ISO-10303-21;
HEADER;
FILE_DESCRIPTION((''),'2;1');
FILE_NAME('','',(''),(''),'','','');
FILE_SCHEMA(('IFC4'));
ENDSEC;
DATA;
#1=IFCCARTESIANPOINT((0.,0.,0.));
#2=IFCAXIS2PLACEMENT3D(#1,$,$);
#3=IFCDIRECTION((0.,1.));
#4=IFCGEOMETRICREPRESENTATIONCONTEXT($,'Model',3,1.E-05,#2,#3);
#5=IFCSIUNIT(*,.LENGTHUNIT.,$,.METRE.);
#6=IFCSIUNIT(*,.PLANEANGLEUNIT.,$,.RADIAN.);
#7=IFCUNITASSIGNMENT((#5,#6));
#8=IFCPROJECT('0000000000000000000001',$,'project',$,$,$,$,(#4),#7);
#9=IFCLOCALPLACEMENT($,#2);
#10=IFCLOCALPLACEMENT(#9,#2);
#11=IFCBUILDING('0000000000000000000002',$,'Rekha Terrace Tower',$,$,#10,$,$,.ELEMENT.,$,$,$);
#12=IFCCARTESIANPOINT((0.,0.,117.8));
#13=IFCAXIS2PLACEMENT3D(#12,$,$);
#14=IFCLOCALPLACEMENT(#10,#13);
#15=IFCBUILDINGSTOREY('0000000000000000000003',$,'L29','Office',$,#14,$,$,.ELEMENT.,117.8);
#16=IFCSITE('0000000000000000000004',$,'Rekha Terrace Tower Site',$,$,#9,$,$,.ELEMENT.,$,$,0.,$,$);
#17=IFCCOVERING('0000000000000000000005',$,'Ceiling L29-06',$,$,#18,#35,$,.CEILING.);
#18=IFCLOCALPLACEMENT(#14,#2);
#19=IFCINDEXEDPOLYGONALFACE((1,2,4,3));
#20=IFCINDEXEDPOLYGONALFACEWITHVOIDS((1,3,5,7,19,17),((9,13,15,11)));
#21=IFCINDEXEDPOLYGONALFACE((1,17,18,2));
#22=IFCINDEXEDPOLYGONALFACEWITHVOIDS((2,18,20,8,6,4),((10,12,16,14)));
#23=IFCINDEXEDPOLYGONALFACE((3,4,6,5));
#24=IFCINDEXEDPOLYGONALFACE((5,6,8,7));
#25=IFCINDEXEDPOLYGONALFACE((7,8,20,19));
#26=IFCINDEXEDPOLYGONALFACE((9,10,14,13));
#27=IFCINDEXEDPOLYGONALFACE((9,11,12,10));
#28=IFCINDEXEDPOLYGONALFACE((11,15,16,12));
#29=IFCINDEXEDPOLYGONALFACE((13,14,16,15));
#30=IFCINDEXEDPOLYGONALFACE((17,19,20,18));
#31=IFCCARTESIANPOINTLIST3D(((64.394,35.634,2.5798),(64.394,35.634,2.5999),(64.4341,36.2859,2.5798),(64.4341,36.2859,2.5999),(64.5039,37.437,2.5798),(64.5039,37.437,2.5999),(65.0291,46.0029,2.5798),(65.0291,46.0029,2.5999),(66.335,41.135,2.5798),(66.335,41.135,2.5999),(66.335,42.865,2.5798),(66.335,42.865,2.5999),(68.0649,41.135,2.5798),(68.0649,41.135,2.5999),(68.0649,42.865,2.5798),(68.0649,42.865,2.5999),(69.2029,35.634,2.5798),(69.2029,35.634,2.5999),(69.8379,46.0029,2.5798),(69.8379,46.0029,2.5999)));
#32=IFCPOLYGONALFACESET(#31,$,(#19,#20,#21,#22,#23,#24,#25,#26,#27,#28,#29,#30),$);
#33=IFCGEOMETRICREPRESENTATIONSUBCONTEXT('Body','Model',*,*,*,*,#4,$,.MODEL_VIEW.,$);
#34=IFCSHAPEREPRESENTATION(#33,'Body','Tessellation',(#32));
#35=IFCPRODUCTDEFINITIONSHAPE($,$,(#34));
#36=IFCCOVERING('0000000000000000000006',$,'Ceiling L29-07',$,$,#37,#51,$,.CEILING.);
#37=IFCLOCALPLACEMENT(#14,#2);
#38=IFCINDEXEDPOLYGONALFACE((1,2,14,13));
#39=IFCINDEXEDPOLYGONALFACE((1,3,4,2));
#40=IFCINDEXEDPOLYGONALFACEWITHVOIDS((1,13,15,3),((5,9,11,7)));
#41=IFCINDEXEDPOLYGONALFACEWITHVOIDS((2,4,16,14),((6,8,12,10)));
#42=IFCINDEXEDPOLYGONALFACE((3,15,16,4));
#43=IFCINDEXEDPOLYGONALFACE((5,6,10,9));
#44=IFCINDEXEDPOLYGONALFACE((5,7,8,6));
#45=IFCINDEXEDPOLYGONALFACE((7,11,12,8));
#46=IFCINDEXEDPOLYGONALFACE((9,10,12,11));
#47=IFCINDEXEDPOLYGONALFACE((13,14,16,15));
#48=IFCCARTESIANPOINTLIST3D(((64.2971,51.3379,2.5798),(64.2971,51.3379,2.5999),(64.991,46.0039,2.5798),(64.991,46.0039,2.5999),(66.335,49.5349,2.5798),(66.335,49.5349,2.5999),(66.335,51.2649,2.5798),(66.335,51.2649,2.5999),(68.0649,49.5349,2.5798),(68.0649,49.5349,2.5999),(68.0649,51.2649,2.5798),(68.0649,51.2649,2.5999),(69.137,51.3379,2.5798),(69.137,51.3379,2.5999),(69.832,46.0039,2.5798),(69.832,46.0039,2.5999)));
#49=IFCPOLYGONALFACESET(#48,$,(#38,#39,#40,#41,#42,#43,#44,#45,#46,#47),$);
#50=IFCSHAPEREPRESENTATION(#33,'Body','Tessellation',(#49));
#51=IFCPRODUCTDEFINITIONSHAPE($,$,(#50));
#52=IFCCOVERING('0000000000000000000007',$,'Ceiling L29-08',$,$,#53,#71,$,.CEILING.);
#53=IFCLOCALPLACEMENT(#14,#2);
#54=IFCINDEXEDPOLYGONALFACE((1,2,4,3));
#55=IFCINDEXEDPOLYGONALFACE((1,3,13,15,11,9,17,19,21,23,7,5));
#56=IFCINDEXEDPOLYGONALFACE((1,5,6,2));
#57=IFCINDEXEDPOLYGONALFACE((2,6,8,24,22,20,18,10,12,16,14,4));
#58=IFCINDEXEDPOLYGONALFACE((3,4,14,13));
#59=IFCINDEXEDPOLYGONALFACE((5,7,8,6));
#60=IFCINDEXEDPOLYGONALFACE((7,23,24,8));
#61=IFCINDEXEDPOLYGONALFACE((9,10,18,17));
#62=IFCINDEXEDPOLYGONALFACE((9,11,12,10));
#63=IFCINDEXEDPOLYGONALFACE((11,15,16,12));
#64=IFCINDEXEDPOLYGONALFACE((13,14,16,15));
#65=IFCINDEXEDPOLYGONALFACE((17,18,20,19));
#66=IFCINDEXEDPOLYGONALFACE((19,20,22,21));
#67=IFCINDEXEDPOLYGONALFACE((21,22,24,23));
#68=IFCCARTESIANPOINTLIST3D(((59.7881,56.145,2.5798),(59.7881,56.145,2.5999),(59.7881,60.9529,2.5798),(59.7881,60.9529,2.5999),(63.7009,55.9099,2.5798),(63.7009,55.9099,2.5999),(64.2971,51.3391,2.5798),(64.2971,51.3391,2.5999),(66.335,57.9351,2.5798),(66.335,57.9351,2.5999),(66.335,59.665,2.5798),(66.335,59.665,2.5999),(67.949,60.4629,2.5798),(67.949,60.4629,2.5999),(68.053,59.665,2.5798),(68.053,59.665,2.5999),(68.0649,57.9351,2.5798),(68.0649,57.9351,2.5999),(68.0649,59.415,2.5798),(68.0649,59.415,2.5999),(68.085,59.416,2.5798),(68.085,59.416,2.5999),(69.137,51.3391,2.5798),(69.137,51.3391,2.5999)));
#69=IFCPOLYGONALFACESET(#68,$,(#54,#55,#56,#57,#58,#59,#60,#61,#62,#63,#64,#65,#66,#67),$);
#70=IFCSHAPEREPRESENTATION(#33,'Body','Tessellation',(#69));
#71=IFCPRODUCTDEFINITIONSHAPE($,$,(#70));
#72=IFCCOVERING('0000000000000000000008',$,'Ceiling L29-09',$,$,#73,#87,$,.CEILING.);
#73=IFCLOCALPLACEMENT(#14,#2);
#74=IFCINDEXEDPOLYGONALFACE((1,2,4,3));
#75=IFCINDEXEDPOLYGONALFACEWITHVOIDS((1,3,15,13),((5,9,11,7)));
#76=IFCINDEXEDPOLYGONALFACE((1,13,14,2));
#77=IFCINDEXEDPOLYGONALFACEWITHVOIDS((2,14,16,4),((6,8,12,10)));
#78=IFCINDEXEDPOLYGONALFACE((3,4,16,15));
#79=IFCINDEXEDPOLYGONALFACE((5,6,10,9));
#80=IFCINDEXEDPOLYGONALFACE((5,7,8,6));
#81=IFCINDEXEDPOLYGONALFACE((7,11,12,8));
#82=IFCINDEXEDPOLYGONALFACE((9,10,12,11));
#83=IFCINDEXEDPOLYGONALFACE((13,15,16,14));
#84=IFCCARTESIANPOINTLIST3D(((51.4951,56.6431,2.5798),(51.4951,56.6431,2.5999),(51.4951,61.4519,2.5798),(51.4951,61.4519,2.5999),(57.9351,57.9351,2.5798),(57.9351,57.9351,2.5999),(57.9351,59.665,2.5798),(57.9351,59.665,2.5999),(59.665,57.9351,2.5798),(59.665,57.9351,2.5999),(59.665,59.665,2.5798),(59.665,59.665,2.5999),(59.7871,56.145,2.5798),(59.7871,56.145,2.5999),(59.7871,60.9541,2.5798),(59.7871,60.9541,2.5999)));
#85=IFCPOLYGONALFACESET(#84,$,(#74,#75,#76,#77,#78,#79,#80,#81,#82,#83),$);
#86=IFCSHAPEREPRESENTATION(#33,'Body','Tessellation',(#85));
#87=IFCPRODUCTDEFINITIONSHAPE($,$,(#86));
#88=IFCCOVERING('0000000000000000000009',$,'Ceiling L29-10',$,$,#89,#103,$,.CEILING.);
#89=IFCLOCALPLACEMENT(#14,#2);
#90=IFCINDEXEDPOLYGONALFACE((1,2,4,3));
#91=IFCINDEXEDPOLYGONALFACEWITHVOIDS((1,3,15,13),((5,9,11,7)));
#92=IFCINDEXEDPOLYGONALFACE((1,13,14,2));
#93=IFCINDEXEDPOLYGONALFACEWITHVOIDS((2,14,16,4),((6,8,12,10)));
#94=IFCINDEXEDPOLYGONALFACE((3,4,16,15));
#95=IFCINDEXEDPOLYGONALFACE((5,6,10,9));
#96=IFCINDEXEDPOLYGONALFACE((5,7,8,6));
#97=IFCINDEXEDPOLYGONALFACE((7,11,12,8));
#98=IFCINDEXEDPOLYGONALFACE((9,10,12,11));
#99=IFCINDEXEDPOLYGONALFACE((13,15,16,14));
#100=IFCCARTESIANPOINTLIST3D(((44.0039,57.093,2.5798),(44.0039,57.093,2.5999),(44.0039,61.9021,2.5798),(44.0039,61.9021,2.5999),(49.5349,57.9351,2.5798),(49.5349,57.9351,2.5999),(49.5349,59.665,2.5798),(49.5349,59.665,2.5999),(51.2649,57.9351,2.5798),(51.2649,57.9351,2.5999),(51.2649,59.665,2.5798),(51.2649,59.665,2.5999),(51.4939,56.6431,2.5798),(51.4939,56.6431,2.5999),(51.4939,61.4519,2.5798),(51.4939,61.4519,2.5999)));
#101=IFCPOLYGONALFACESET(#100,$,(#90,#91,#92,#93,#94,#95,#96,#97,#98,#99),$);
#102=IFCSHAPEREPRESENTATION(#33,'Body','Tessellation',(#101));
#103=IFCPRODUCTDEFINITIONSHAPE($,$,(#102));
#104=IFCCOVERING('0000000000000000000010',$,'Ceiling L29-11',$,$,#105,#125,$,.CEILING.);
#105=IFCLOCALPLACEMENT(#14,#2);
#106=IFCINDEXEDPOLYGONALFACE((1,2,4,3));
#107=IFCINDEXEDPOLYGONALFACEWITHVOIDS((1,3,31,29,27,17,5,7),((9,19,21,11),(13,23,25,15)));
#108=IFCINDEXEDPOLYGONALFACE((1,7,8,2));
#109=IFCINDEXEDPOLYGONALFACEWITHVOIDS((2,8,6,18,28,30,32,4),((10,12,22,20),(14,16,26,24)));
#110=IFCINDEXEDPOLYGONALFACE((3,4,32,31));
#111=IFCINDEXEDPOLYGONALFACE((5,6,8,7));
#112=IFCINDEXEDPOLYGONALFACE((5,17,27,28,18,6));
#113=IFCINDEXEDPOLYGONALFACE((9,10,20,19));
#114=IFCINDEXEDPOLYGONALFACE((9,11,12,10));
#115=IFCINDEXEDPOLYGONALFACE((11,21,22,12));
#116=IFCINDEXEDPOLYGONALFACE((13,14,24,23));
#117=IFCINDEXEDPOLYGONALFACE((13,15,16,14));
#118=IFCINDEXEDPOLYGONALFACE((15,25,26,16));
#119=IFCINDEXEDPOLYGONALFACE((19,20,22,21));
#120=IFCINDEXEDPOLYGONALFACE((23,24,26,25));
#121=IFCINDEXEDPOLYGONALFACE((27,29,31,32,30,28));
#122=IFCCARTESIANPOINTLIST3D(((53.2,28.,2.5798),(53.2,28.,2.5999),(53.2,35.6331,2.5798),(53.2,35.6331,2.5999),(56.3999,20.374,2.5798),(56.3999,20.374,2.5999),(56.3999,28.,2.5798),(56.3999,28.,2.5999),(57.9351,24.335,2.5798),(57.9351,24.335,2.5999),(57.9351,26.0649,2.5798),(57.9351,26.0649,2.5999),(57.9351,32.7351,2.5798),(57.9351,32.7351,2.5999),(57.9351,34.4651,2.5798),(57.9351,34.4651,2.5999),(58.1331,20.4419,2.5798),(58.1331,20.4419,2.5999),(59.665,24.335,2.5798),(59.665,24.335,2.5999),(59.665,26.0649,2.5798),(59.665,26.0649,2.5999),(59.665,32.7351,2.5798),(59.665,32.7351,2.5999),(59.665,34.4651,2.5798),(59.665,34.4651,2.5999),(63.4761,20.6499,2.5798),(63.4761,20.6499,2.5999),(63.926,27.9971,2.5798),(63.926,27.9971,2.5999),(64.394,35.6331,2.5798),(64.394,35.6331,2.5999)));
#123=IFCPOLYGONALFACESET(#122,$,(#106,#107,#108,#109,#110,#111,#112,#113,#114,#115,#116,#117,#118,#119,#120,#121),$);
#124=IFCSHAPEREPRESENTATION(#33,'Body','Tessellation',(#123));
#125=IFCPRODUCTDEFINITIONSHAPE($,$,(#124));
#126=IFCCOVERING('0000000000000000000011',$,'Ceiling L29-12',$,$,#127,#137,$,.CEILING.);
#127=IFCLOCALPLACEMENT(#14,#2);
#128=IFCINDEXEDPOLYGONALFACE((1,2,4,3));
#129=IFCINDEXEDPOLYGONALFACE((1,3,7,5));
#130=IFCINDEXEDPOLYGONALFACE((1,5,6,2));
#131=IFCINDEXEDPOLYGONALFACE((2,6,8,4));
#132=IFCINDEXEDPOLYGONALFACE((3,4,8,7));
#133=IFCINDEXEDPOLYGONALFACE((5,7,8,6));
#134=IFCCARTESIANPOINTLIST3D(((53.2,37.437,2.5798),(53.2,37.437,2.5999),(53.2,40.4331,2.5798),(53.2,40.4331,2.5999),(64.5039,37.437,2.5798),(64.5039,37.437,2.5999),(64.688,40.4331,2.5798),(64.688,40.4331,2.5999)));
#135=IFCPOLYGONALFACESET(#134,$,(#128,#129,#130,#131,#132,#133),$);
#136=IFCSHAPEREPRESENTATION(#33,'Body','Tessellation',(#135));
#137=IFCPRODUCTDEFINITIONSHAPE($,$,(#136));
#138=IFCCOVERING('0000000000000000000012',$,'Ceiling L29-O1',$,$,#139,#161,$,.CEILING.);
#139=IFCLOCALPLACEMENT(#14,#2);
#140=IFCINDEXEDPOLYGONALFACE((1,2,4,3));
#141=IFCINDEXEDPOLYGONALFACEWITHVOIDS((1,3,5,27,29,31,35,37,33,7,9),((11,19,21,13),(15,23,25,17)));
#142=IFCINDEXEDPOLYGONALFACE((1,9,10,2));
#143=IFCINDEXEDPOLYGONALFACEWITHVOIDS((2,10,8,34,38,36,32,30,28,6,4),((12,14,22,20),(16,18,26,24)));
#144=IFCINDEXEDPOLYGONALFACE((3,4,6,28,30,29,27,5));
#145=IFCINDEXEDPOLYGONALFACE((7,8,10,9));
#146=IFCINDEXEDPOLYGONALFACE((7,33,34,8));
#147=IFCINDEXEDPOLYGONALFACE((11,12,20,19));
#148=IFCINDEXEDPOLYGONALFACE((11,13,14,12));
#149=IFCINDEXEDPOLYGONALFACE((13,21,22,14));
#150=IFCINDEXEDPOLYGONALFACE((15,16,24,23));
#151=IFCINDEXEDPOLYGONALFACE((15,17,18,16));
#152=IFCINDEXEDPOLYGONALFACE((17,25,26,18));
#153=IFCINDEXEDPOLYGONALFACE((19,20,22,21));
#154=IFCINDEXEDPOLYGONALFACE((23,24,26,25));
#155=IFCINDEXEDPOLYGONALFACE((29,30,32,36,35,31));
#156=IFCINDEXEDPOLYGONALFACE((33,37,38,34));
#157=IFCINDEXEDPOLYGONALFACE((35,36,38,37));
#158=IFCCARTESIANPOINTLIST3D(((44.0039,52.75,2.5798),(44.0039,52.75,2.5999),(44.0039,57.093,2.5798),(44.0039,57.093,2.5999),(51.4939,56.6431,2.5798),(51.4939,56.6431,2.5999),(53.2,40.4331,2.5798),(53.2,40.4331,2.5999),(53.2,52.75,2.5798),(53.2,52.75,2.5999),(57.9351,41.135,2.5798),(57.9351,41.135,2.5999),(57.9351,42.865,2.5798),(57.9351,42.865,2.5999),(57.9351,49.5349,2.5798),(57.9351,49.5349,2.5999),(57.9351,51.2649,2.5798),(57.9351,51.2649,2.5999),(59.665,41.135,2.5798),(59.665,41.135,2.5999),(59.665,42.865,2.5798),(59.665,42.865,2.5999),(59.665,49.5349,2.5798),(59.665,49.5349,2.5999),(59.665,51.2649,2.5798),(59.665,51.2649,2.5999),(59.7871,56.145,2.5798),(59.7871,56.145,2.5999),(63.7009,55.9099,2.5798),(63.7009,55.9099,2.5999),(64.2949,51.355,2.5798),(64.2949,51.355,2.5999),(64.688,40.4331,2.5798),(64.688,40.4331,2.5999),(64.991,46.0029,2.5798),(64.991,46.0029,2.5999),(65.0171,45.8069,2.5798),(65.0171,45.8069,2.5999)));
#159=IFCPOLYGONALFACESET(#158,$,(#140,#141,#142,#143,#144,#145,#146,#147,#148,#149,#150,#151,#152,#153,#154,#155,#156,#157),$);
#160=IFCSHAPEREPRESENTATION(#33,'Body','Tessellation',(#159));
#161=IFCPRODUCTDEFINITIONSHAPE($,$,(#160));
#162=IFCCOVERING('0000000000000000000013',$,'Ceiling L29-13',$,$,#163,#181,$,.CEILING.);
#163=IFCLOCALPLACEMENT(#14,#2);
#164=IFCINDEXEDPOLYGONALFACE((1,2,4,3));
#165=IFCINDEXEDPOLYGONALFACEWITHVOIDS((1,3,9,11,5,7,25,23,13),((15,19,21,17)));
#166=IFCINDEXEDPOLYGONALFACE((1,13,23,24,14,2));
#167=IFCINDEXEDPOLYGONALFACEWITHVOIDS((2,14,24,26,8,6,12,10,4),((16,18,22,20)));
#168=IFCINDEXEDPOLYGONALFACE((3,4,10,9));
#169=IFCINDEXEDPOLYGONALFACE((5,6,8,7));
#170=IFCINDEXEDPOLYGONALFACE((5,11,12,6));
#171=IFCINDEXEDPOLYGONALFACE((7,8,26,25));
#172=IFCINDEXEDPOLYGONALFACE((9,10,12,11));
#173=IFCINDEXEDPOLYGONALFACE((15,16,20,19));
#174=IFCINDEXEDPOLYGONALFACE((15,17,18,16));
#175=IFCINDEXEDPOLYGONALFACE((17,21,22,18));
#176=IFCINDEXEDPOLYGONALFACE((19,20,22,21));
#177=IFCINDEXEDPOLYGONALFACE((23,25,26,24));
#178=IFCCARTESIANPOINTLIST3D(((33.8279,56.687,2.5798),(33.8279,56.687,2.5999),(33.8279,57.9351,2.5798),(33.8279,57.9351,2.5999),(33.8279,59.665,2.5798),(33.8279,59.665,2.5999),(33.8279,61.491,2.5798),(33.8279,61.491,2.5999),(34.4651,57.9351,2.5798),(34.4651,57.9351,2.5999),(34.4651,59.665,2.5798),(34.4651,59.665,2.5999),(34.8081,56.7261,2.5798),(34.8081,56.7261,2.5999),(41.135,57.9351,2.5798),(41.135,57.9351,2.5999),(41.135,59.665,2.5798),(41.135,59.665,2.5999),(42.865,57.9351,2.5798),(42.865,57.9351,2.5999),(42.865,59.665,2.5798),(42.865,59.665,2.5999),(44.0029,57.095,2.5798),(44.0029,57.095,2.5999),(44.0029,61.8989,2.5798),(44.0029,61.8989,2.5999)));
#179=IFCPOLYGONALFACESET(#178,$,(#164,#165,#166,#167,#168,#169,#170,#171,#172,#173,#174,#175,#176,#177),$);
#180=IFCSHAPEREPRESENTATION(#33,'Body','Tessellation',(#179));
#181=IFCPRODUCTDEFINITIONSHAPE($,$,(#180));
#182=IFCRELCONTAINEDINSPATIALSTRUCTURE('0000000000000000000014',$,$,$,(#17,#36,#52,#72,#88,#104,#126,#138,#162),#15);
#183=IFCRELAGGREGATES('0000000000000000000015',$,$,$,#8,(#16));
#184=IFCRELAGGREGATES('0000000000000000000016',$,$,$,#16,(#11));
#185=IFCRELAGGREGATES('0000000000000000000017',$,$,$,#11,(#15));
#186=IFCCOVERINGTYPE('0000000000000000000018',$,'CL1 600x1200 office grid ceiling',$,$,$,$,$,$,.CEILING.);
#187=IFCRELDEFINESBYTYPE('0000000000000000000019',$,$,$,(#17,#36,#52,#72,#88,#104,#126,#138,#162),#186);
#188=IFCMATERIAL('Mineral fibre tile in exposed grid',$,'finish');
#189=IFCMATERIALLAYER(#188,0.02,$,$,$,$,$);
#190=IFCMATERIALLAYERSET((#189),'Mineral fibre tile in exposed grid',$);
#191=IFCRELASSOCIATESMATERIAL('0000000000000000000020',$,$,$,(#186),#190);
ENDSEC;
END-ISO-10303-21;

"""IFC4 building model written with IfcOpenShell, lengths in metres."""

from ifc_helpers import new_model, si_unit, direction, frame, origin, place, context, subcontext, project, spatial, polyline, outline, extrude, material, layer, layer_set, type_object, element, save


model = new_model("IFC4")

# Units and contexts
model_context = context("Model", 3, precision=1e-05, world=origin(), true_north=direction((0.0, 1.0)))
body_context = subcontext(model_context, "Body", "Model", "MODEL_VIEW")
ifc_project = project(units=[si_unit("LENGTHUNIT", "METRE"), si_unit("PLANEANGLEUNIT", "RADIAN")], contexts=[model_context])

# Site, building, storey
site_placement = place(None, origin())
site = spatial("IfcSite", under=ifc_project, at=site_placement, Name="Rekha Terrace Tower Site", CompositionType="ELEMENT", RefElevation=0.0)
building_placement = place(site_placement, origin())
building = spatial("IfcBuilding", under=site, at=building_placement, Name="Rekha Terrace Tower", CompositionType="ELEMENT")
storey_placement = place(building_placement, frame((0.0, 0.0, 117.8)))
storey = spatial("IfcBuildingStorey", under=building, at=storey_placement, Name="L29", Description="Office", CompositionType="ELEMENT", Elevation=117.8)

# Coverings
ifc_material_1 = material(Name="Mineral fibre tile in exposed grid", Category="finish")
ifc_layer_1 = layer(ifc_material_1, 0.02)
ifc_layer_set_1 = layer_set([ifc_layer_1], Name="Mineral fibre tile in exposed grid")
covering_type_1 = type_object("IfcCoveringType", Name="CL1 600x1200 office grid ceiling", PredefinedType="CEILING", material=ifc_layer_set_1)
covering_1_placement = place(storey_placement, frame((0.0, 0.0, 2.5798)))
element("IfcCovering", 1, at=covering_1_placement, inside=storey, type_object=covering_type_1, Name="Ceiling L29-06", PredefinedType="CEILING", context=body_context, shape_type="SweptSolid", body=[
    extrude(outline(polyline([(65.0291, 46.0029), (64.5039, 37.437), (64.4341, 36.2859), (64.394, 35.634), (69.2029, 35.634), (69.8379, 46.0029), (65.0291, 46.0029)]), holes=[polyline([(68.0649, 41.135), (66.335, 41.135), (66.335, 42.865), (68.0649, 42.865), (68.0649, 41.135)])]), origin(), (0.0, 0.0, 1.0), 0.02),
])
covering_2_placement = place(storey_placement, frame((0.0, 0.0, 2.5798)))
element("IfcCovering", 2, at=covering_2_placement, inside=storey, type_object=covering_type_1, Name="Ceiling L29-07", PredefinedType="CEILING", context=body_context, shape_type="SweptSolid", body=[
    extrude(outline(polyline([(64.991, 46.0039), (69.832, 46.0039), (69.137, 51.3379), (64.2971, 51.3379), (64.991, 46.0039)]), holes=[polyline([(68.0649, 49.5349), (66.335, 49.5349), (66.335, 51.2649), (68.0649, 51.2649), (68.0649, 49.5349)])]), origin(), (0.0, 0.0, 1.0), 0.02),
])
covering_3_placement = place(storey_placement, frame((0.0, 0.0, 2.5798)))
element("IfcCovering", 3, at=covering_3_placement, inside=storey, type_object=covering_type_1, Name="Ceiling L29-08", PredefinedType="CEILING", context=body_context, shape_type="SweptSolid", body=[
    extrude(outline(polyline([(67.949, 60.4629), (59.7881, 60.9529), (59.7881, 56.145), (63.7009, 55.9099), (64.2971, 51.3391), (69.137, 51.3391), (68.085, 59.416), (68.0649, 59.415), (68.0649, 57.9351), (66.335, 57.9351), (66.335, 59.665), (68.053, 59.665), (67.949, 60.4629)])), origin(), (0.0, 0.0, 1.0), 0.02),
])
covering_4_placement = place(storey_placement, frame((0.0, 0.0, 2.5798)))
element("IfcCovering", 4, at=covering_4_placement, inside=storey, type_object=covering_type_1, Name="Ceiling L29-09", PredefinedType="CEILING", context=body_context, shape_type="SweptSolid", body=[
    extrude(outline(polyline([(59.7871, 56.145), (59.7871, 60.9541), (51.4951, 61.4519), (51.4951, 56.6431), (59.7871, 56.145)]), holes=[polyline([(59.665, 57.9351), (57.9351, 57.9351), (57.9351, 59.665), (59.665, 59.665), (59.665, 57.9351)])]), origin(), (0.0, 0.0, 1.0), 0.02),
])
covering_5_placement = place(storey_placement, frame((0.0, 0.0, 2.5798)))
element("IfcCovering", 5, at=covering_5_placement, inside=storey, type_object=covering_type_1, Name="Ceiling L29-10", PredefinedType="CEILING", context=body_context, shape_type="SweptSolid", body=[
    extrude(outline(polyline([(51.4939, 56.6431), (51.4939, 61.4519), (44.0039, 61.9021), (44.0039, 57.093), (51.4939, 56.6431)]), holes=[polyline([(51.2649, 57.9351), (49.5349, 57.9351), (49.5349, 59.665), (51.2649, 59.665), (51.2649, 57.9351)])]), origin(), (0.0, 0.0, 1.0), 0.02),
])
covering_6_placement = place(storey_placement, frame((0.0, 0.0, 2.5798)))
element("IfcCovering", 6, at=covering_6_placement, inside=storey, type_object=covering_type_1, Name="Ceiling L29-11", PredefinedType="CEILING", context=body_context, shape_type="SweptSolid", body=[
    extrude(outline(polyline([(56.3999, 20.374), (58.1331, 20.4419), (63.4761, 20.6499), (63.926, 27.9971), (64.394, 35.6331), (53.2, 35.6331), (53.2, 28.0), (56.3999, 28.0), (56.3999, 20.374)]), holes=[polyline([(59.665, 26.0649), (59.665, 24.335), (57.9351, 24.335), (57.9351, 26.0649), (59.665, 26.0649)]), polyline([(59.665, 32.7351), (57.9351, 32.7351), (57.9351, 34.4651), (59.665, 34.4651), (59.665, 32.7351)])]), origin(), (0.0, 0.0, 1.0), 0.02),
])
covering_7_placement = place(storey_placement, frame((0.0, 0.0, 2.5798)))
element("IfcCovering", 7, at=covering_7_placement, inside=storey, type_object=covering_type_1, Name="Ceiling L29-12", PredefinedType="CEILING", context=body_context, shape_type="SweptSolid", body=[
    extrude(outline(polyline([(64.688, 40.4331), (53.2, 40.4331), (53.2, 37.437), (64.5039, 37.437), (64.688, 40.4331)])), origin(), (0.0, 0.0, 1.0), 0.02),
])
covering_8_placement = place(storey_placement, frame((0.0, 0.0, 2.5798)))
element("IfcCovering", 8, at=covering_8_placement, inside=storey, type_object=covering_type_1, Name="Ceiling L29-O1", PredefinedType="CEILING", context=body_context, shape_type="SweptSolid", body=[
    extrude(outline(polyline([(59.7871, 56.145), (51.4939, 56.6431), (44.0039, 57.093), (44.0039, 52.75), (53.2, 52.75), (53.2, 40.4331), (64.688, 40.4331), (65.0171, 45.8069), (64.991, 46.0029), (64.2949, 51.355), (63.7009, 55.9099), (59.7871, 56.145)]), holes=[polyline([(59.665, 41.135), (57.9351, 41.135), (57.9351, 42.865), (59.665, 42.865), (59.665, 41.135)]), polyline([(59.665, 49.5349), (57.9351, 49.5349), (57.9351, 51.2649), (59.665, 51.2649), (59.665, 49.5349)])]), origin(), (0.0, 0.0, 1.0), 0.02),
])
covering_9_placement = place(storey_placement, frame((0.0, 0.0, 2.5798)))
element("IfcCovering", 9, at=covering_9_placement, inside=storey, type_object=covering_type_1, Name="Ceiling L29-13", PredefinedType="CEILING", context=body_context, shape_type="SweptSolid", body=[
    extrude(outline(polyline([(33.8279, 57.9351), (33.8279, 56.687), (34.8081, 56.7261), (44.0029, 57.095), (44.0029, 61.8989), (33.8279, 61.491), (33.8279, 59.665), (34.4651, 59.665), (34.4651, 57.9351), (33.8279, 57.9351)]), holes=[polyline([(42.865, 57.9351), (41.135, 57.9351), (41.135, 59.665), (42.865, 59.665), (42.865, 57.9351)])]), origin(), (0.0, 0.0, 1.0), 0.02),
])

save(model, "model.ifc")
